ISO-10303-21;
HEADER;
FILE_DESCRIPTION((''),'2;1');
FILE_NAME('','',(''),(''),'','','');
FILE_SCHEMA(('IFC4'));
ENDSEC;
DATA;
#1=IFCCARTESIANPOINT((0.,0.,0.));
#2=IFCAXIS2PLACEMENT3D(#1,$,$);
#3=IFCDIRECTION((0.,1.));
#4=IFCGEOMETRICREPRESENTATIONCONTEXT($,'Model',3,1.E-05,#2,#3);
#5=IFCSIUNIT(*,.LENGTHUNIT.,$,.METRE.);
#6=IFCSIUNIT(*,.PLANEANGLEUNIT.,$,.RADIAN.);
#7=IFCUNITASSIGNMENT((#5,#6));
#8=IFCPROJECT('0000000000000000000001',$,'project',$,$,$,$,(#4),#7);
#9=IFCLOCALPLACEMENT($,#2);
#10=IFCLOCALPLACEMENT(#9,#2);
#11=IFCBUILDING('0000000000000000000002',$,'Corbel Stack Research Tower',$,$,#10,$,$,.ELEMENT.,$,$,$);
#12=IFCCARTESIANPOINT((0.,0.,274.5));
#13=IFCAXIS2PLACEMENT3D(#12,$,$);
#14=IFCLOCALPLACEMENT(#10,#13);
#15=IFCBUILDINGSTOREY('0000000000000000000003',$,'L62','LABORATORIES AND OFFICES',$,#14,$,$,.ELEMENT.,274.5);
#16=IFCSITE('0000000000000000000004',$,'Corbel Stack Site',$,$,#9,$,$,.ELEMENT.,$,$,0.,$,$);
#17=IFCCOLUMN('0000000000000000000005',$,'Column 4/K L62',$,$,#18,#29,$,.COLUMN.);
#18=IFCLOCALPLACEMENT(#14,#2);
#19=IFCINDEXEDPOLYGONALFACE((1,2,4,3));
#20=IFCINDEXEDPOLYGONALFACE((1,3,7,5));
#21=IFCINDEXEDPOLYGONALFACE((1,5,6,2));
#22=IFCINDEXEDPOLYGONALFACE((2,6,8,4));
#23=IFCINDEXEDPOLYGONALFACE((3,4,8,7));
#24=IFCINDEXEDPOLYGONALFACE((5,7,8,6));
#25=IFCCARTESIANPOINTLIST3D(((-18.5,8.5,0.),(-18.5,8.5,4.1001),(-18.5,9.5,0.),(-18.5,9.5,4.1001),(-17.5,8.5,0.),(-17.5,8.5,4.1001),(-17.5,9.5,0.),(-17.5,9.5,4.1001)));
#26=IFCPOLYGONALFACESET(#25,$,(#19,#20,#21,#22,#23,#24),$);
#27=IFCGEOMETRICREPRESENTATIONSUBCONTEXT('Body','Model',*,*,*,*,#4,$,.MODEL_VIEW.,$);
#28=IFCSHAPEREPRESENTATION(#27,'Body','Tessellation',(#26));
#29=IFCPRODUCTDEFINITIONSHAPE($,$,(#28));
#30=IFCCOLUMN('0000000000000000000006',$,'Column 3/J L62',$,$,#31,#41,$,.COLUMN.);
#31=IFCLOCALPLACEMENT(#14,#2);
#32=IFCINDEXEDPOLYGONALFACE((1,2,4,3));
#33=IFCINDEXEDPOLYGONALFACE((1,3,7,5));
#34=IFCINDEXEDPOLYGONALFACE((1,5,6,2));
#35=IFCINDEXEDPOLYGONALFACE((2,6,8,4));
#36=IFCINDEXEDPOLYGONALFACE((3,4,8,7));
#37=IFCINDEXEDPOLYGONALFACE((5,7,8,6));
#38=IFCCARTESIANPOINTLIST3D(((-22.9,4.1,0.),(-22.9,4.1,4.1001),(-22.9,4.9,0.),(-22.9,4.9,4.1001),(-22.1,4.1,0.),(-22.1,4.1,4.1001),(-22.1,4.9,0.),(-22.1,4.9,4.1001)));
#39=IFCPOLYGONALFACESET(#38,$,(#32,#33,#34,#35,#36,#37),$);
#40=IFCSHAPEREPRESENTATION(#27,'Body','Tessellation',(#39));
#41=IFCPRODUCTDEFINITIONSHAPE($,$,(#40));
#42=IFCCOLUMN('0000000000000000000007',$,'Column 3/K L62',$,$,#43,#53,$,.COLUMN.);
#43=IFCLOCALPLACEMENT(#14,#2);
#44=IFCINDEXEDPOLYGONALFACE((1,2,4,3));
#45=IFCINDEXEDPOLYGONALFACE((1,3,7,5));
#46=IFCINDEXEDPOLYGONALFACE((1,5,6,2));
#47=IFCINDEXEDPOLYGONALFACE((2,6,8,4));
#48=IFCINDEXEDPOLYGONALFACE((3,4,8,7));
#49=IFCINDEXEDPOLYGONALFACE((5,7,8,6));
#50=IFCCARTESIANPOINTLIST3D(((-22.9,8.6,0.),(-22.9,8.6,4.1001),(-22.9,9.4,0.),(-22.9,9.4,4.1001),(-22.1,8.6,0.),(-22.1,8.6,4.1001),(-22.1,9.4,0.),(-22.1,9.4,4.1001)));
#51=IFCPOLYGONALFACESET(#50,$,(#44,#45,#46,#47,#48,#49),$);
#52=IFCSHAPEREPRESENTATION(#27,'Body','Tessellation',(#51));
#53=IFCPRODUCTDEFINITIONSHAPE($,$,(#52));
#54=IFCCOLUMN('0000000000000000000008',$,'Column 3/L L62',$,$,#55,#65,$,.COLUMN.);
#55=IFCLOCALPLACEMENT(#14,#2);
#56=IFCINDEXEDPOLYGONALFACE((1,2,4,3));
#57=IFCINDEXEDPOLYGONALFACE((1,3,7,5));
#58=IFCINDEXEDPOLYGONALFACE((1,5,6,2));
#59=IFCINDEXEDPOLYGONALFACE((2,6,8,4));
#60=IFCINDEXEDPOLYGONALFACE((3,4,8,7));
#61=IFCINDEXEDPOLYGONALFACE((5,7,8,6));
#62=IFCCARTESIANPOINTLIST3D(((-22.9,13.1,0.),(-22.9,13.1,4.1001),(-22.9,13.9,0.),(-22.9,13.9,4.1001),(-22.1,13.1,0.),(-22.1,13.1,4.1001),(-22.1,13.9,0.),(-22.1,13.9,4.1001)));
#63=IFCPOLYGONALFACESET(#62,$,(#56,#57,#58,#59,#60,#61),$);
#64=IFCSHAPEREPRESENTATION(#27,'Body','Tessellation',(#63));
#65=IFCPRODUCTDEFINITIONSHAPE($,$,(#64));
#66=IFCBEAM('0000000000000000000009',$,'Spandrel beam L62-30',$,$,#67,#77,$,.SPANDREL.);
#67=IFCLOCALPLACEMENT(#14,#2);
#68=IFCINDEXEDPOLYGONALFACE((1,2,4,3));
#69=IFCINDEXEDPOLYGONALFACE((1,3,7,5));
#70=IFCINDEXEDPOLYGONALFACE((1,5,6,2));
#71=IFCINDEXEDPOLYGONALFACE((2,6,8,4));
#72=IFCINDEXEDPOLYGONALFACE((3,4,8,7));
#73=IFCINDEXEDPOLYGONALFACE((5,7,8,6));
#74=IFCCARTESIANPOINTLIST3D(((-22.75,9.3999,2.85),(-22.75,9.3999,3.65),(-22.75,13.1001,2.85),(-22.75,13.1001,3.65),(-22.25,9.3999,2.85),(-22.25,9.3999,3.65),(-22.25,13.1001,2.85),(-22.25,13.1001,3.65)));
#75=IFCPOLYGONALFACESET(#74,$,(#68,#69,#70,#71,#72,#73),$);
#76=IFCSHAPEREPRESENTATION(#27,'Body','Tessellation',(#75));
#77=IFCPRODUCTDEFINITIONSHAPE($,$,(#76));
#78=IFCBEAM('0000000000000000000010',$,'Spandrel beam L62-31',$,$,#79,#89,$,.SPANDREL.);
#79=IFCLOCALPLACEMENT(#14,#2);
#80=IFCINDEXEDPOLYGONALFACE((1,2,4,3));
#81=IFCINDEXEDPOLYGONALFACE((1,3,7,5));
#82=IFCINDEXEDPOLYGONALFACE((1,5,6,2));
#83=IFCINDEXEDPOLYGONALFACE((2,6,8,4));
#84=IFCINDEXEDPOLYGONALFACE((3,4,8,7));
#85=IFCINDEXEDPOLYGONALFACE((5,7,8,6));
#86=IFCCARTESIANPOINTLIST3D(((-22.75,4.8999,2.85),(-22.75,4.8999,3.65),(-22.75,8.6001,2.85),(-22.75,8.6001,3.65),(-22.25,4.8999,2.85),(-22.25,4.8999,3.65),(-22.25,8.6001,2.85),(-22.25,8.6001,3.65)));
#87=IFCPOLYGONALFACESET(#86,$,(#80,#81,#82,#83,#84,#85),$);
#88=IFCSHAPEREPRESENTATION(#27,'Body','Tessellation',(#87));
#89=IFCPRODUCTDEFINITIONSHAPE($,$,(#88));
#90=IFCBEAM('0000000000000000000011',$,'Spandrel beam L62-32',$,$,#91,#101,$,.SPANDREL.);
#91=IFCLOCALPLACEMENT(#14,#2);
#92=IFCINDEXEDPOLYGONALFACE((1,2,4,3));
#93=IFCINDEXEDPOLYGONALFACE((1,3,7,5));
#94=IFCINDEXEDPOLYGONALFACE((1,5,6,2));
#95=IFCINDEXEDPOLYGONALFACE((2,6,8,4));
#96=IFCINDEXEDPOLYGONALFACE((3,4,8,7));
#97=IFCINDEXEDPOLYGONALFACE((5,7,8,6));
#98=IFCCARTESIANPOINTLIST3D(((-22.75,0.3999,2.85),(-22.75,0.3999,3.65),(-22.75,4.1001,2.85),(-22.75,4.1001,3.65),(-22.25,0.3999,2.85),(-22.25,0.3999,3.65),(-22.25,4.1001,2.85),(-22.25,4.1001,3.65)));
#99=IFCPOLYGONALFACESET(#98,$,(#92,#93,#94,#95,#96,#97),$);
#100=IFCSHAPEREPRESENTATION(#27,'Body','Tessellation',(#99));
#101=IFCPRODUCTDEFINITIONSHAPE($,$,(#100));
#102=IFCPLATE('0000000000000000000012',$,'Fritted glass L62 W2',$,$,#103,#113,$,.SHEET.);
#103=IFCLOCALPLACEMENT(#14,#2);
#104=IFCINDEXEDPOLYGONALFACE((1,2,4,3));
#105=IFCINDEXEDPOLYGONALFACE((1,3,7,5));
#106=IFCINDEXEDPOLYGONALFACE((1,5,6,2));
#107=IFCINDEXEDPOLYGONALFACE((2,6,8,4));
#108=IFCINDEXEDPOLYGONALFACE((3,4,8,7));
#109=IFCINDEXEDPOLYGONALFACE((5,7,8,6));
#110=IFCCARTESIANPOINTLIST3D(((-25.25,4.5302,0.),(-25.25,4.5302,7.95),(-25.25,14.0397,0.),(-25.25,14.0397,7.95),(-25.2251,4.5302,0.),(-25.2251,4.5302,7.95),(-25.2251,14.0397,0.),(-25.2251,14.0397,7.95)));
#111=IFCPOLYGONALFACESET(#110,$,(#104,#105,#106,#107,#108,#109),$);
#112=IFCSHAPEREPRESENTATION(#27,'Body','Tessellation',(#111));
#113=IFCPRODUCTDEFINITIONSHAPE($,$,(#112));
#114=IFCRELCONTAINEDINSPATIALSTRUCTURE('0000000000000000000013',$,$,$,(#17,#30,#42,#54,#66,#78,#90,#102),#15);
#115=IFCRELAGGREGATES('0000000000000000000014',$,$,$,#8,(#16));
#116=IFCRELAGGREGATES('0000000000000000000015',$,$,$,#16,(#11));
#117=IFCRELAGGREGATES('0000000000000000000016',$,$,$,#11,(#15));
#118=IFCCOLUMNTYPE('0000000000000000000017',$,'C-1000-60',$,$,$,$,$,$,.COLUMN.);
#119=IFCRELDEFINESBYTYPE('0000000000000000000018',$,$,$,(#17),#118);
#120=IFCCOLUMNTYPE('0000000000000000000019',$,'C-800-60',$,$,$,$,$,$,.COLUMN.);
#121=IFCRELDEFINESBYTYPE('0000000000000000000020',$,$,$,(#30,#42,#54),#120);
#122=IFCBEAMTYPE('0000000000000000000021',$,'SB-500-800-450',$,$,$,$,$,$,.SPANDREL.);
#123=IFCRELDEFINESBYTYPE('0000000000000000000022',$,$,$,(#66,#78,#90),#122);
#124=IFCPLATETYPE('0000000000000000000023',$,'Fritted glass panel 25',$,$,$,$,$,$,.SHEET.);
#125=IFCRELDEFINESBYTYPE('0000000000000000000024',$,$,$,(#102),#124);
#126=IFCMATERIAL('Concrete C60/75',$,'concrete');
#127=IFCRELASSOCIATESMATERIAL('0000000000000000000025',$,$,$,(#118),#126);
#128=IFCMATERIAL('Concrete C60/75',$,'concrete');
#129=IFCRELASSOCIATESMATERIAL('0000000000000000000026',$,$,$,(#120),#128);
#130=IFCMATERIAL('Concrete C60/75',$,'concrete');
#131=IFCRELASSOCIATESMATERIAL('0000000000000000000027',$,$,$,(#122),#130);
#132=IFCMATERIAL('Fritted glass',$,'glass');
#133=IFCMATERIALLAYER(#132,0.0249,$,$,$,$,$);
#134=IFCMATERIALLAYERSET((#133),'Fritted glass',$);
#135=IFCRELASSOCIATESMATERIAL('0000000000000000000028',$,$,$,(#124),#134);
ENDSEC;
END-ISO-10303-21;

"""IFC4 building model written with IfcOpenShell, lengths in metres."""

from ifc_helpers import new_model, si_unit, direction, frame, origin, origin_2d, place, context, subcontext, project, spatial, rectangle, extrude, material, layer, layer_set, material_profile, profile_set, type_object, element, save


model = new_model("IFC4")

# Units and contexts
model_context = context("Model", 3, precision=1e-05, world=origin(), true_north=direction((0.0, 1.0)))
body_context = subcontext(model_context, "Body", "Model", "MODEL_VIEW")
ifc_project = project(units=[si_unit("LENGTHUNIT", "METRE"), si_unit("PLANEANGLEUNIT", "RADIAN")], contexts=[model_context])

# Site, building, storey
site_placement = place(None, origin())
site = spatial("IfcSite", under=ifc_project, at=site_placement, Name="Corbel Stack Site", CompositionType="ELEMENT", RefElevation=0.0)
building_placement = place(site_placement, origin())
building = spatial("IfcBuilding", under=site, at=building_placement, Name="Corbel Stack Research Tower", CompositionType="ELEMENT")
storey_placement = place(building_placement, frame((0.0, 0.0, 274.5)))
storey = spatial("IfcBuildingStorey", under=building, at=storey_placement, Name="L62", Description="LABORATORIES AND OFFICES", CompositionType="ELEMENT", Elevation=274.5)

# Columns
ifc_material_1 = material(Name="Concrete C60/75", Category="concrete")
ifc_material_profile_1 = material_profile(ifc_material_1, rectangle(XDim=1.0, YDim=1.0, at=origin_2d()), Name="RC 1000 x 1000")
ifc_profile_set_1 = profile_set([ifc_material_profile_1], Name="Concrete C60/75")
column_type_1 = type_object("IfcColumnType", Name="C-1000-60", PredefinedType="COLUMN", material=ifc_profile_set_1)
column_placement = place(storey_placement, frame((-18.0, 9.0, 0.0), z_axis=(0.0, 0.0, 1.0), x_axis=(1.0, 0.0, 0.0)))
element("IfcColumn", 1, at=column_placement, inside=storey, type_object=column_type_1, Name="Column 4/K L62", PredefinedType="COLUMN", context=body_context, shape_type="SweptSolid", body=[
    extrude(rectangle(XDim=1.0, YDim=1.0, at=origin_2d()), origin(), (0.0, 0.0, 1.0), 4.1001),
])
ifc_material_2 = material(Name="Concrete C60/75", Category="concrete")
ifc_material_profile_2 = material_profile(ifc_material_2, rectangle(XDim=0.8, YDim=0.8, at=origin_2d()), Name="RC 800 x 800")
ifc_profile_set_2 = profile_set([ifc_material_profile_2], Name="Concrete C60/75")
column_type_2 = type_object("IfcColumnType", Name="C-800-60", PredefinedType="COLUMN", material=ifc_profile_set_2)
for number, where, z_axis, x_axis, name in (
    (2, (-22.5, 4.5, 0.0), (0.0, 0.0, 1.0), (1.0, 0.0, 0.0), "Column 3/J L62"),
    (3, (-22.5, 9.0, 0.0), (0.0, 0.0, 1.0), (1.0, 0.0, 0.0), "Column 3/K L62"),
    (4, (-22.5, 13.5, 0.0), (0.0, 0.0, 1.0), (1.0, 0.0, 0.0), "Column 3/L L62"),
):
    element("IfcColumn", number, at=place(storey_placement, frame(where, z_axis=z_axis, x_axis=x_axis)), inside=storey, type_object=column_type_2, Name=name, PredefinedType="COLUMN", context=body_context, shape_type="SweptSolid", body=[
        extrude(rectangle(XDim=0.8, YDim=0.8, at=origin_2d()), origin(), (0.0, 0.0, 1.0), 4.1001),
    ])

# Beams
ifc_material_3 = material(Name="Concrete C60/75", Category="concrete")
ifc_material_profile_3 = material_profile(ifc_material_3, rectangle(XDim=0.5, YDim=0.8, at=origin_2d()), Name="RC 500 x 800")
ifc_profile_set_3 = profile_set([ifc_material_profile_3], Name="Concrete C60/75")
beam_type = type_object("IfcBeamType", Name="SB-500-800-450", PredefinedType="SPANDREL", material=ifc_profile_set_3)
for number, where, z_axis, x_axis, name in (
    (5, (-22.5, 13.1001, 3.25), (0.0, -1.0, 0.0), (1.0, 0.0, 0.0), "Spandrel beam L62-30"),
    (6, (-22.5, 8.6001, 3.25), (0.0, -1.0, 0.0), (1.0, 0.0, 0.0), "Spandrel beam L62-31"),
    (7, (-22.5, 4.1001, 3.25), (0.0, -1.0, 0.0), (1.0, 0.0, 0.0), "Spandrel beam L62-32"),
):
    element("IfcBeam", number, at=place(storey_placement, frame(where, z_axis=z_axis, x_axis=x_axis)), inside=storey, type_object=beam_type, Name=name, PredefinedType="SPANDREL", context=body_context, shape_type="SweptSolid", body=[
        extrude(rectangle(XDim=0.5, YDim=0.8, at=origin_2d()), origin(), (0.0, 0.0, 1.0), 3.7002),
    ])

# Plate
ifc_material_4 = material(Name="Fritted glass", Category="glass")
ifc_layer_1 = layer(ifc_material_4, 0.0249)
ifc_layer_set_1 = layer_set([ifc_layer_1], Name="Fritted glass")
plate_type = type_object("IfcPlateType", Name="Fritted glass panel 25", PredefinedType="SHEET", material=ifc_layer_set_1)
plate_placement = place(storey_placement, frame((-25.2375, 9.2849, 0.0), z_axis=(0.0, 0.0, 1.0), x_axis=(0.0, -1.0, 0.0)))
element("IfcPlate", 8, at=plate_placement, inside=storey, type_object=plate_type, Name="Fritted glass L62 W2", PredefinedType="SHEET", context=body_context, shape_type="SweptSolid", body=[
    extrude(rectangle(XDim=9.5095, YDim=0.0249, at=origin_2d()), origin(), (0.0, 0.0, 1.0), 7.95),
])

save(model, "model.ifc")
